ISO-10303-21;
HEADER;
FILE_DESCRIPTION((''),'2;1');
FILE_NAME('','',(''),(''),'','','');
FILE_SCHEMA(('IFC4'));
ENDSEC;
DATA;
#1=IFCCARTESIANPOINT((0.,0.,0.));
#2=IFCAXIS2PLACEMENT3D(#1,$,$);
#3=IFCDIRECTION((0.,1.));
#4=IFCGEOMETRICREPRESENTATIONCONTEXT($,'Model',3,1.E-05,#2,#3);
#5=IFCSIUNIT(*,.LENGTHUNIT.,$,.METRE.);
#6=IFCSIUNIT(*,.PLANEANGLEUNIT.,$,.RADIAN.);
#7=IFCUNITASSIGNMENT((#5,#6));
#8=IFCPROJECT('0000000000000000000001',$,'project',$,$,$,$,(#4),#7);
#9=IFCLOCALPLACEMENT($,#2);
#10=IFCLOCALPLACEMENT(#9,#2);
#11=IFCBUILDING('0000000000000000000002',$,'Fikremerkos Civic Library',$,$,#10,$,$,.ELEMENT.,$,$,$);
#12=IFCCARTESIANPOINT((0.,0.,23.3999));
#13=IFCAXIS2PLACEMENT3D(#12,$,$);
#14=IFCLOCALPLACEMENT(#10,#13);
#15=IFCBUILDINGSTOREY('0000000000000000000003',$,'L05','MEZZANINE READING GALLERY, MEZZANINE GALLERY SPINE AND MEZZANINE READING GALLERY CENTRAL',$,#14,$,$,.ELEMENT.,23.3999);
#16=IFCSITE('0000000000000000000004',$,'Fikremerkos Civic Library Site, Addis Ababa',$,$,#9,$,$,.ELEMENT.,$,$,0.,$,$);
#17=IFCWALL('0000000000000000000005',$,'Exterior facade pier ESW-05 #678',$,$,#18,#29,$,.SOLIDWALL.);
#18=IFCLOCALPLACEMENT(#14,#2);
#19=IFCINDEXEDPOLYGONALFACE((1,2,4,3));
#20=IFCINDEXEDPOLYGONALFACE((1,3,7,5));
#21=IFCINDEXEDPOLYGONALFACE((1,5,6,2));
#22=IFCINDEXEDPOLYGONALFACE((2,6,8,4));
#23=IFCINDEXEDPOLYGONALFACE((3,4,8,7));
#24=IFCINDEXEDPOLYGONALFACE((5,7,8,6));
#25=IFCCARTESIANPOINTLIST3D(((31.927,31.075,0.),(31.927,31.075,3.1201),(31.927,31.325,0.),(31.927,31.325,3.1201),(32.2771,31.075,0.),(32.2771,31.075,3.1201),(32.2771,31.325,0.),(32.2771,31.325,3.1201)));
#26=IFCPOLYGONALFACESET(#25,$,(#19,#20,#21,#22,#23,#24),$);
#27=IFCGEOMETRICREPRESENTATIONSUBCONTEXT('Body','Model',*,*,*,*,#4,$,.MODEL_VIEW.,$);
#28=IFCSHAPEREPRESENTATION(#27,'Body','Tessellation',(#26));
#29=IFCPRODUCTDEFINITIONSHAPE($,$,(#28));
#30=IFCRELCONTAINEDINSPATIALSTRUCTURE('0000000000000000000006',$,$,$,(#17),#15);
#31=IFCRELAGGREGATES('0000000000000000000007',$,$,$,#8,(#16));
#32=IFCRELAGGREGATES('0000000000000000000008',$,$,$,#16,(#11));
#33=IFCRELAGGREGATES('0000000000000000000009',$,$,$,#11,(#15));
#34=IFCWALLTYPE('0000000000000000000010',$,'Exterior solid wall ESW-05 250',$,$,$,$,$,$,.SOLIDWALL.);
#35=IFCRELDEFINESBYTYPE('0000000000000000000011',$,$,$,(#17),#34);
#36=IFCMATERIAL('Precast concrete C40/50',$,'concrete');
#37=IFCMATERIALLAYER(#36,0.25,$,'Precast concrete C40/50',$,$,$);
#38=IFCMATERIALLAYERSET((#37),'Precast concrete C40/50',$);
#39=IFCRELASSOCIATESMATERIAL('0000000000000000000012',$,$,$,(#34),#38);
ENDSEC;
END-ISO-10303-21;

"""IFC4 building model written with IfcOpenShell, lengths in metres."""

from ifc_helpers import new_model, si_unit, direction, frame, frame_2d, origin, place, context, subcontext, project, spatial, rectangle, extrude, material, layer, layer_set, type_object, element, save


model = new_model("IFC4")

# Units and contexts
model_context = context("Model", 3, precision=1e-05, world=origin(), true_north=direction((0.0, 1.0)))
body_context = subcontext(model_context, "Body", "Model", "MODEL_VIEW")
ifc_project = project(units=[si_unit("LENGTHUNIT", "METRE"), si_unit("PLANEANGLEUNIT", "RADIAN")], contexts=[model_context])

# Site, building, storey
site_placement = place(None, origin())
site = spatial("IfcSite", under=ifc_project, at=site_placement, Name="Fikremerkos Civic Library Site, Addis Ababa", CompositionType="ELEMENT", RefElevation=0.0)
building_placement = place(site_placement, origin())
building = spatial("IfcBuilding", under=site, at=building_placement, Name="Fikremerkos Civic Library", CompositionType="ELEMENT")
storey_placement = place(building_placement, frame((0.0, 0.0, 23.3999)))
storey = spatial("IfcBuildingStorey", under=building, at=storey_placement, Name="L05", Description="MEZZANINE READING GALLERY, MEZZANINE GALLERY SPINE AND MEZZANINE READING GALLERY CENTRAL", CompositionType="ELEMENT", Elevation=23.3999)

# Wall
ifc_material_1 = material(Name="Precast concrete C40/50", Category="concrete")
ifc_layer_1 = layer(ifc_material_1, 0.25, Name="Precast concrete C40/50")
ifc_layer_set_1 = layer_set([ifc_layer_1], Name="Precast concrete C40/50")
wall_type = type_object("IfcWallType", Name="Exterior solid wall ESW-05 250", PredefinedType="SOLIDWALL", material=ifc_layer_set_1)
wall_placement = place(storey_placement, frame((31.927, 31.2, 0.0), z_axis=(0.0, 0.0, 1.0), x_axis=(1.0, 0.0, 0.0)))
element("IfcWall", 1, at=wall_placement, inside=storey, type_object=wall_type, Name="Exterior facade pier ESW-05 #678", PredefinedType="SOLIDWALL", context=body_context, shape_type="SweptSolid", body=[
    extrude(rectangle(XDim=0.3501, YDim=0.25, at=frame_2d((0.175, 0.0))), origin(), (0.0, 0.0, 1.0), 3.1201),
])

save(model, "model.ifc")
